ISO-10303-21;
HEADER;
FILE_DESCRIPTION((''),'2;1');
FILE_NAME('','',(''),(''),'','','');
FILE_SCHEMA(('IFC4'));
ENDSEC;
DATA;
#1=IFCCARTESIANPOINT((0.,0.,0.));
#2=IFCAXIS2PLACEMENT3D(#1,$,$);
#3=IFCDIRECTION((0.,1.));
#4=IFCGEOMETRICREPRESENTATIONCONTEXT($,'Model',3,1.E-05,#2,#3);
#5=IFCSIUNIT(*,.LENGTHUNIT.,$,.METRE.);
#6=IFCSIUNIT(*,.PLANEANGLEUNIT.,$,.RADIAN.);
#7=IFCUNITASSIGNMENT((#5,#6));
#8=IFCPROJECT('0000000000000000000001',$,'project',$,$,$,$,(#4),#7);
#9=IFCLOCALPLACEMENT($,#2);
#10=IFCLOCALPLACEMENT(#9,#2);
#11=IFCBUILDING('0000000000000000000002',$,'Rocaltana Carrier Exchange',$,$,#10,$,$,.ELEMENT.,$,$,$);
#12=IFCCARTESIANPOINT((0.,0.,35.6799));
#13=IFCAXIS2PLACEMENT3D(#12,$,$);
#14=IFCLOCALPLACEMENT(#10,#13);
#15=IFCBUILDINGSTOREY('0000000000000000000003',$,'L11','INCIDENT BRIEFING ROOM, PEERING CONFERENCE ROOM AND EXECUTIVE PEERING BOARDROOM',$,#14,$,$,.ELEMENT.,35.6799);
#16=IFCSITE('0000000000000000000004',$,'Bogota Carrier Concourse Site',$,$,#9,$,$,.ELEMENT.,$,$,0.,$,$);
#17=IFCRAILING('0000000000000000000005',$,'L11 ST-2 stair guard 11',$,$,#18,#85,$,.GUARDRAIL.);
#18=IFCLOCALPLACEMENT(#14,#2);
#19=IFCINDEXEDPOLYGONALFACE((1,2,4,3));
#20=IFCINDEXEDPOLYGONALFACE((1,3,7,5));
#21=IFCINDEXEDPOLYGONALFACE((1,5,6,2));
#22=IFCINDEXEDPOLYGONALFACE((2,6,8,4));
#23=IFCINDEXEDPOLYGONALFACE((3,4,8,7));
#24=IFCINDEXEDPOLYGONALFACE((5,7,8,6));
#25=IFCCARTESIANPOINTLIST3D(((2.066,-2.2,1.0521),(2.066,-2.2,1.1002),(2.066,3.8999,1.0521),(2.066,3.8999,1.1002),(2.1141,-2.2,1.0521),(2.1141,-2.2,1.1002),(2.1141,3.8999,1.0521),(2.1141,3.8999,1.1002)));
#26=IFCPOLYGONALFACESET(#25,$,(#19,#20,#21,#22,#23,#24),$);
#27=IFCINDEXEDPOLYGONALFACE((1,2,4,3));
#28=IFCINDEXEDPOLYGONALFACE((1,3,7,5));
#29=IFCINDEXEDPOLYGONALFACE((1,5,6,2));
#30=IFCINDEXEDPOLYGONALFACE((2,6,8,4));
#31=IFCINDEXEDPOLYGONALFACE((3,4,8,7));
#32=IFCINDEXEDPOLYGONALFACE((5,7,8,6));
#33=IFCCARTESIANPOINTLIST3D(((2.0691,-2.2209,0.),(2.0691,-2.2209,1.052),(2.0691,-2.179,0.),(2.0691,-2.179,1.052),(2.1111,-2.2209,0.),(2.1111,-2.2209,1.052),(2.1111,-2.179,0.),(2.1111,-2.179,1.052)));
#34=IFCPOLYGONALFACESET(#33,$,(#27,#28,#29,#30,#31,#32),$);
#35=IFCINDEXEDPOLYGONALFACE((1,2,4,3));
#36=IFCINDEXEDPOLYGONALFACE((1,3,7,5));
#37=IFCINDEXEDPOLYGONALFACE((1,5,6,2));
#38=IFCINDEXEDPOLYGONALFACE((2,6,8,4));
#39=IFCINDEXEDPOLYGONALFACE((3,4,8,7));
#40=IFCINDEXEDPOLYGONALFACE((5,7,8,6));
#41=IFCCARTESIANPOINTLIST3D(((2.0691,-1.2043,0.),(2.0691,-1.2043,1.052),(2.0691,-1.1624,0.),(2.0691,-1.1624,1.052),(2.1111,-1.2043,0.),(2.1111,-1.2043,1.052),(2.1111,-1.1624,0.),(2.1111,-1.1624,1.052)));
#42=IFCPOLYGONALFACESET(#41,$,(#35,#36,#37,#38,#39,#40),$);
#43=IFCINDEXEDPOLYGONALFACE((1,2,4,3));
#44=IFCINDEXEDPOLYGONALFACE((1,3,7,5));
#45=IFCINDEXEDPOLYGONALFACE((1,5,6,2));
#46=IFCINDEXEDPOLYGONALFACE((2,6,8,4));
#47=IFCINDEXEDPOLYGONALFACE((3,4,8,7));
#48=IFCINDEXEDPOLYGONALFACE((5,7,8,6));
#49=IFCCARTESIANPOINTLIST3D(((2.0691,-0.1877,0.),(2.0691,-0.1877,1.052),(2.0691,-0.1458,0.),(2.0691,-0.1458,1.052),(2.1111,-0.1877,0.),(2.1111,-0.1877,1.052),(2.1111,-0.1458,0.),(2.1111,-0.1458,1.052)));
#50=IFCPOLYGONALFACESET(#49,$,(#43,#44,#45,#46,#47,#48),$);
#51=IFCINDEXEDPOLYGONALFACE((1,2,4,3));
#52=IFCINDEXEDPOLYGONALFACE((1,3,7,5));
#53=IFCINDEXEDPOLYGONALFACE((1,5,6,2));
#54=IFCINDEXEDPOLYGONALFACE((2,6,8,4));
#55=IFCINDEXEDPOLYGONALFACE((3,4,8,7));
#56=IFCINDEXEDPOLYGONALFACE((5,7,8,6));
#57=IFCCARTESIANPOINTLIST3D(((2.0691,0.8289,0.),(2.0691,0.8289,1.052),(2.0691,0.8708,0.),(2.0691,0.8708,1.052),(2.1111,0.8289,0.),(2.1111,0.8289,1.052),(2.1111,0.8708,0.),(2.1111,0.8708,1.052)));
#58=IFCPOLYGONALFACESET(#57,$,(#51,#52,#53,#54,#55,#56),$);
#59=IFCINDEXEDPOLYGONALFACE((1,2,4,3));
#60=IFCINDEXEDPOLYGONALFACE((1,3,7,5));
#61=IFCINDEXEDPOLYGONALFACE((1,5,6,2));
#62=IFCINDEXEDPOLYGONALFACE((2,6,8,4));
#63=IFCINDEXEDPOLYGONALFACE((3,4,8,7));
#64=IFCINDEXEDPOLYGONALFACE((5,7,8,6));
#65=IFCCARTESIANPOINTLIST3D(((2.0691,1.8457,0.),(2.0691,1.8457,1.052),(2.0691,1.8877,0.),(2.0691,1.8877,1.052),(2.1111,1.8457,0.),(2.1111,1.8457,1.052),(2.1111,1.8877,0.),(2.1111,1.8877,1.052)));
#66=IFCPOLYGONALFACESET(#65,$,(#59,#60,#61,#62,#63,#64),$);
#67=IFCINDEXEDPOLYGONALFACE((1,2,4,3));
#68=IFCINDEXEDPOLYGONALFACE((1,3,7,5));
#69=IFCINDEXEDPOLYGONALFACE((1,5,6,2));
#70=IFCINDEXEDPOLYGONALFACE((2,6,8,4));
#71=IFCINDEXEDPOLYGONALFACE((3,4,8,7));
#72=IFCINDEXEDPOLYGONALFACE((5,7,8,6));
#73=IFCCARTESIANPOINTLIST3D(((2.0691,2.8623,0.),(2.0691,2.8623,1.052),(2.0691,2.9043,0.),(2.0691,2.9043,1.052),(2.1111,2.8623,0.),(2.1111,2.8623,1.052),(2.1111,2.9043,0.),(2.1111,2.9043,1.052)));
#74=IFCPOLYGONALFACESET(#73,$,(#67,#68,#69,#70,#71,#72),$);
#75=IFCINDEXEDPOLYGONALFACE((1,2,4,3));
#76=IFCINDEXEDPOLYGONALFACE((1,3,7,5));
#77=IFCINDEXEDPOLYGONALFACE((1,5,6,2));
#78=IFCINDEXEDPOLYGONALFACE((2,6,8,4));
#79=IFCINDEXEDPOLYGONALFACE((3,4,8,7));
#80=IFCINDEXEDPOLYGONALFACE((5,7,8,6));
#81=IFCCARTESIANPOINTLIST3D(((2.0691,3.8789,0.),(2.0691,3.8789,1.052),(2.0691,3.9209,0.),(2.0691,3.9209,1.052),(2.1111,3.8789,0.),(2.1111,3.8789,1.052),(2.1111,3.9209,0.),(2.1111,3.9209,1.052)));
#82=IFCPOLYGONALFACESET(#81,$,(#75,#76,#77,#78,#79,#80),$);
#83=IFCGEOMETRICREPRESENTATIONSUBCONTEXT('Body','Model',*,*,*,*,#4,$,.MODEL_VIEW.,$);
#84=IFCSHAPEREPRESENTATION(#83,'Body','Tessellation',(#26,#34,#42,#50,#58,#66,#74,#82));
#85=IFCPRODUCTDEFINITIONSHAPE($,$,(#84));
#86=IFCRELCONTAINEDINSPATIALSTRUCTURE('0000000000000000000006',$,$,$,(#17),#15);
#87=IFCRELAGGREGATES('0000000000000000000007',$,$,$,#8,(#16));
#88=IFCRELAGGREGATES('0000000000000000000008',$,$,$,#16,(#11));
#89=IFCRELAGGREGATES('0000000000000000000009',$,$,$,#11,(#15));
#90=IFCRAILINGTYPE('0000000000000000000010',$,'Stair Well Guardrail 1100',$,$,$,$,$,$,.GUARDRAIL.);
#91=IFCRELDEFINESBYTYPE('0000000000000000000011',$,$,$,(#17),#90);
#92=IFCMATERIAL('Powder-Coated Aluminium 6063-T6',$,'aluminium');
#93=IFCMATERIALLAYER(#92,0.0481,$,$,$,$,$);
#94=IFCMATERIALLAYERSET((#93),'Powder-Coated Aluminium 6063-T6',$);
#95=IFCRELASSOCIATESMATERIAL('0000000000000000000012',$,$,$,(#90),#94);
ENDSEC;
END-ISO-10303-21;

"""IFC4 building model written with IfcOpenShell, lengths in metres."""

from ifc_helpers import new_model, si_unit, direction, frame, origin, origin_2d, place, context, subcontext, project, spatial, rectangle, extrude, material, layer, layer_set, type_object, element, save


model = new_model("IFC4")

# Units and contexts
model_context = context("Model", 3, precision=1e-05, world=origin(), true_north=direction((0.0, 1.0)))
body_context = subcontext(model_context, "Body", "Model", "MODEL_VIEW")
ifc_project = project(units=[si_unit("LENGTHUNIT", "METRE"), si_unit("PLANEANGLEUNIT", "RADIAN")], contexts=[model_context])

# Site, building, storey
site_placement = place(None, origin())
site = spatial("IfcSite", under=ifc_project, at=site_placement, Name="Bogota Carrier Concourse Site", CompositionType="ELEMENT", RefElevation=0.0)
building_placement = place(site_placement, origin())
building = spatial("IfcBuilding", under=site, at=building_placement, Name="Rocaltana Carrier Exchange", CompositionType="ELEMENT")
storey_placement = place(building_placement, frame((0.0, 0.0, 35.6799)))
storey = spatial("IfcBuildingStorey", under=building, at=storey_placement, Name="L11", Description="INCIDENT BRIEFING ROOM, PEERING CONFERENCE ROOM AND EXECUTIVE PEERING BOARDROOM", CompositionType="ELEMENT", Elevation=35.6799)

# Railing
ifc_material_1 = material(Name="Powder-Coated Aluminium 6063-T6", Category="aluminium")
ifc_layer_1 = layer(ifc_material_1, 0.0481)
ifc_layer_set_1 = layer_set([ifc_layer_1], Name="Powder-Coated Aluminium 6063-T6")
railing_type_1 = type_object("IfcRailingType", Name="Stair Well Guardrail 1100", PredefinedType="GUARDRAIL", material=ifc_layer_set_1)
for number, where, name in (
    (1, (2.0901, -2.2, 0.0), "L11 ST-2 stair guard 11"),
):
    element("IfcRailing", number, at=place(storey_placement, frame(where)), inside=storey, type_object=railing_type_1, Name=name, PredefinedType="GUARDRAIL", context=body_context, shape_type="SweptSolid", body=[
        extrude(rectangle(XDim=0.0481, YDim=0.0481, at=origin_2d()), frame((0.0, 0.0, 1.0762), z_axis=(0.0, 1.0, 0.0), x_axis=(-1.0, 0.0, 0.0)), (0.0, 0.0, 1.0), 6.0999),
        extrude(rectangle(XDim=0.042, YDim=0.042, at=origin_2d()), origin(), (0.0, 0.0, 1.0), 1.052),
        extrude(rectangle(XDim=0.042, YDim=0.042, at=origin_2d()), frame((0.0, 1.0166, 0.0)), (0.0, 0.0, 1.0), 1.052),
        extrude(rectangle(XDim=0.042, YDim=0.042, at=origin_2d()), frame((0.0, 2.0332, 0.0)), (0.0, 0.0, 1.0), 1.052),
        extrude(rectangle(XDim=0.042, YDim=0.042, at=origin_2d()), frame((0.0, 3.0498, 0.0)), (0.0, 0.0, 1.0), 1.052),
        extrude(rectangle(XDim=0.042, YDim=0.042, at=origin_2d()), frame((0.0, 4.0667, 0.0)), (0.0, 0.0, 1.0), 1.052),
        extrude(rectangle(XDim=0.042, YDim=0.042, at=origin_2d()), frame((0.0, 5.0833, 0.0)), (0.0, 0.0, 1.0), 1.052),
        extrude(rectangle(XDim=0.042, YDim=0.042, at=origin_2d()), frame((0.0, 6.0999, 0.0)), (0.0, 0.0, 1.0), 1.052),
    ])

save(model, "model.ifc")
